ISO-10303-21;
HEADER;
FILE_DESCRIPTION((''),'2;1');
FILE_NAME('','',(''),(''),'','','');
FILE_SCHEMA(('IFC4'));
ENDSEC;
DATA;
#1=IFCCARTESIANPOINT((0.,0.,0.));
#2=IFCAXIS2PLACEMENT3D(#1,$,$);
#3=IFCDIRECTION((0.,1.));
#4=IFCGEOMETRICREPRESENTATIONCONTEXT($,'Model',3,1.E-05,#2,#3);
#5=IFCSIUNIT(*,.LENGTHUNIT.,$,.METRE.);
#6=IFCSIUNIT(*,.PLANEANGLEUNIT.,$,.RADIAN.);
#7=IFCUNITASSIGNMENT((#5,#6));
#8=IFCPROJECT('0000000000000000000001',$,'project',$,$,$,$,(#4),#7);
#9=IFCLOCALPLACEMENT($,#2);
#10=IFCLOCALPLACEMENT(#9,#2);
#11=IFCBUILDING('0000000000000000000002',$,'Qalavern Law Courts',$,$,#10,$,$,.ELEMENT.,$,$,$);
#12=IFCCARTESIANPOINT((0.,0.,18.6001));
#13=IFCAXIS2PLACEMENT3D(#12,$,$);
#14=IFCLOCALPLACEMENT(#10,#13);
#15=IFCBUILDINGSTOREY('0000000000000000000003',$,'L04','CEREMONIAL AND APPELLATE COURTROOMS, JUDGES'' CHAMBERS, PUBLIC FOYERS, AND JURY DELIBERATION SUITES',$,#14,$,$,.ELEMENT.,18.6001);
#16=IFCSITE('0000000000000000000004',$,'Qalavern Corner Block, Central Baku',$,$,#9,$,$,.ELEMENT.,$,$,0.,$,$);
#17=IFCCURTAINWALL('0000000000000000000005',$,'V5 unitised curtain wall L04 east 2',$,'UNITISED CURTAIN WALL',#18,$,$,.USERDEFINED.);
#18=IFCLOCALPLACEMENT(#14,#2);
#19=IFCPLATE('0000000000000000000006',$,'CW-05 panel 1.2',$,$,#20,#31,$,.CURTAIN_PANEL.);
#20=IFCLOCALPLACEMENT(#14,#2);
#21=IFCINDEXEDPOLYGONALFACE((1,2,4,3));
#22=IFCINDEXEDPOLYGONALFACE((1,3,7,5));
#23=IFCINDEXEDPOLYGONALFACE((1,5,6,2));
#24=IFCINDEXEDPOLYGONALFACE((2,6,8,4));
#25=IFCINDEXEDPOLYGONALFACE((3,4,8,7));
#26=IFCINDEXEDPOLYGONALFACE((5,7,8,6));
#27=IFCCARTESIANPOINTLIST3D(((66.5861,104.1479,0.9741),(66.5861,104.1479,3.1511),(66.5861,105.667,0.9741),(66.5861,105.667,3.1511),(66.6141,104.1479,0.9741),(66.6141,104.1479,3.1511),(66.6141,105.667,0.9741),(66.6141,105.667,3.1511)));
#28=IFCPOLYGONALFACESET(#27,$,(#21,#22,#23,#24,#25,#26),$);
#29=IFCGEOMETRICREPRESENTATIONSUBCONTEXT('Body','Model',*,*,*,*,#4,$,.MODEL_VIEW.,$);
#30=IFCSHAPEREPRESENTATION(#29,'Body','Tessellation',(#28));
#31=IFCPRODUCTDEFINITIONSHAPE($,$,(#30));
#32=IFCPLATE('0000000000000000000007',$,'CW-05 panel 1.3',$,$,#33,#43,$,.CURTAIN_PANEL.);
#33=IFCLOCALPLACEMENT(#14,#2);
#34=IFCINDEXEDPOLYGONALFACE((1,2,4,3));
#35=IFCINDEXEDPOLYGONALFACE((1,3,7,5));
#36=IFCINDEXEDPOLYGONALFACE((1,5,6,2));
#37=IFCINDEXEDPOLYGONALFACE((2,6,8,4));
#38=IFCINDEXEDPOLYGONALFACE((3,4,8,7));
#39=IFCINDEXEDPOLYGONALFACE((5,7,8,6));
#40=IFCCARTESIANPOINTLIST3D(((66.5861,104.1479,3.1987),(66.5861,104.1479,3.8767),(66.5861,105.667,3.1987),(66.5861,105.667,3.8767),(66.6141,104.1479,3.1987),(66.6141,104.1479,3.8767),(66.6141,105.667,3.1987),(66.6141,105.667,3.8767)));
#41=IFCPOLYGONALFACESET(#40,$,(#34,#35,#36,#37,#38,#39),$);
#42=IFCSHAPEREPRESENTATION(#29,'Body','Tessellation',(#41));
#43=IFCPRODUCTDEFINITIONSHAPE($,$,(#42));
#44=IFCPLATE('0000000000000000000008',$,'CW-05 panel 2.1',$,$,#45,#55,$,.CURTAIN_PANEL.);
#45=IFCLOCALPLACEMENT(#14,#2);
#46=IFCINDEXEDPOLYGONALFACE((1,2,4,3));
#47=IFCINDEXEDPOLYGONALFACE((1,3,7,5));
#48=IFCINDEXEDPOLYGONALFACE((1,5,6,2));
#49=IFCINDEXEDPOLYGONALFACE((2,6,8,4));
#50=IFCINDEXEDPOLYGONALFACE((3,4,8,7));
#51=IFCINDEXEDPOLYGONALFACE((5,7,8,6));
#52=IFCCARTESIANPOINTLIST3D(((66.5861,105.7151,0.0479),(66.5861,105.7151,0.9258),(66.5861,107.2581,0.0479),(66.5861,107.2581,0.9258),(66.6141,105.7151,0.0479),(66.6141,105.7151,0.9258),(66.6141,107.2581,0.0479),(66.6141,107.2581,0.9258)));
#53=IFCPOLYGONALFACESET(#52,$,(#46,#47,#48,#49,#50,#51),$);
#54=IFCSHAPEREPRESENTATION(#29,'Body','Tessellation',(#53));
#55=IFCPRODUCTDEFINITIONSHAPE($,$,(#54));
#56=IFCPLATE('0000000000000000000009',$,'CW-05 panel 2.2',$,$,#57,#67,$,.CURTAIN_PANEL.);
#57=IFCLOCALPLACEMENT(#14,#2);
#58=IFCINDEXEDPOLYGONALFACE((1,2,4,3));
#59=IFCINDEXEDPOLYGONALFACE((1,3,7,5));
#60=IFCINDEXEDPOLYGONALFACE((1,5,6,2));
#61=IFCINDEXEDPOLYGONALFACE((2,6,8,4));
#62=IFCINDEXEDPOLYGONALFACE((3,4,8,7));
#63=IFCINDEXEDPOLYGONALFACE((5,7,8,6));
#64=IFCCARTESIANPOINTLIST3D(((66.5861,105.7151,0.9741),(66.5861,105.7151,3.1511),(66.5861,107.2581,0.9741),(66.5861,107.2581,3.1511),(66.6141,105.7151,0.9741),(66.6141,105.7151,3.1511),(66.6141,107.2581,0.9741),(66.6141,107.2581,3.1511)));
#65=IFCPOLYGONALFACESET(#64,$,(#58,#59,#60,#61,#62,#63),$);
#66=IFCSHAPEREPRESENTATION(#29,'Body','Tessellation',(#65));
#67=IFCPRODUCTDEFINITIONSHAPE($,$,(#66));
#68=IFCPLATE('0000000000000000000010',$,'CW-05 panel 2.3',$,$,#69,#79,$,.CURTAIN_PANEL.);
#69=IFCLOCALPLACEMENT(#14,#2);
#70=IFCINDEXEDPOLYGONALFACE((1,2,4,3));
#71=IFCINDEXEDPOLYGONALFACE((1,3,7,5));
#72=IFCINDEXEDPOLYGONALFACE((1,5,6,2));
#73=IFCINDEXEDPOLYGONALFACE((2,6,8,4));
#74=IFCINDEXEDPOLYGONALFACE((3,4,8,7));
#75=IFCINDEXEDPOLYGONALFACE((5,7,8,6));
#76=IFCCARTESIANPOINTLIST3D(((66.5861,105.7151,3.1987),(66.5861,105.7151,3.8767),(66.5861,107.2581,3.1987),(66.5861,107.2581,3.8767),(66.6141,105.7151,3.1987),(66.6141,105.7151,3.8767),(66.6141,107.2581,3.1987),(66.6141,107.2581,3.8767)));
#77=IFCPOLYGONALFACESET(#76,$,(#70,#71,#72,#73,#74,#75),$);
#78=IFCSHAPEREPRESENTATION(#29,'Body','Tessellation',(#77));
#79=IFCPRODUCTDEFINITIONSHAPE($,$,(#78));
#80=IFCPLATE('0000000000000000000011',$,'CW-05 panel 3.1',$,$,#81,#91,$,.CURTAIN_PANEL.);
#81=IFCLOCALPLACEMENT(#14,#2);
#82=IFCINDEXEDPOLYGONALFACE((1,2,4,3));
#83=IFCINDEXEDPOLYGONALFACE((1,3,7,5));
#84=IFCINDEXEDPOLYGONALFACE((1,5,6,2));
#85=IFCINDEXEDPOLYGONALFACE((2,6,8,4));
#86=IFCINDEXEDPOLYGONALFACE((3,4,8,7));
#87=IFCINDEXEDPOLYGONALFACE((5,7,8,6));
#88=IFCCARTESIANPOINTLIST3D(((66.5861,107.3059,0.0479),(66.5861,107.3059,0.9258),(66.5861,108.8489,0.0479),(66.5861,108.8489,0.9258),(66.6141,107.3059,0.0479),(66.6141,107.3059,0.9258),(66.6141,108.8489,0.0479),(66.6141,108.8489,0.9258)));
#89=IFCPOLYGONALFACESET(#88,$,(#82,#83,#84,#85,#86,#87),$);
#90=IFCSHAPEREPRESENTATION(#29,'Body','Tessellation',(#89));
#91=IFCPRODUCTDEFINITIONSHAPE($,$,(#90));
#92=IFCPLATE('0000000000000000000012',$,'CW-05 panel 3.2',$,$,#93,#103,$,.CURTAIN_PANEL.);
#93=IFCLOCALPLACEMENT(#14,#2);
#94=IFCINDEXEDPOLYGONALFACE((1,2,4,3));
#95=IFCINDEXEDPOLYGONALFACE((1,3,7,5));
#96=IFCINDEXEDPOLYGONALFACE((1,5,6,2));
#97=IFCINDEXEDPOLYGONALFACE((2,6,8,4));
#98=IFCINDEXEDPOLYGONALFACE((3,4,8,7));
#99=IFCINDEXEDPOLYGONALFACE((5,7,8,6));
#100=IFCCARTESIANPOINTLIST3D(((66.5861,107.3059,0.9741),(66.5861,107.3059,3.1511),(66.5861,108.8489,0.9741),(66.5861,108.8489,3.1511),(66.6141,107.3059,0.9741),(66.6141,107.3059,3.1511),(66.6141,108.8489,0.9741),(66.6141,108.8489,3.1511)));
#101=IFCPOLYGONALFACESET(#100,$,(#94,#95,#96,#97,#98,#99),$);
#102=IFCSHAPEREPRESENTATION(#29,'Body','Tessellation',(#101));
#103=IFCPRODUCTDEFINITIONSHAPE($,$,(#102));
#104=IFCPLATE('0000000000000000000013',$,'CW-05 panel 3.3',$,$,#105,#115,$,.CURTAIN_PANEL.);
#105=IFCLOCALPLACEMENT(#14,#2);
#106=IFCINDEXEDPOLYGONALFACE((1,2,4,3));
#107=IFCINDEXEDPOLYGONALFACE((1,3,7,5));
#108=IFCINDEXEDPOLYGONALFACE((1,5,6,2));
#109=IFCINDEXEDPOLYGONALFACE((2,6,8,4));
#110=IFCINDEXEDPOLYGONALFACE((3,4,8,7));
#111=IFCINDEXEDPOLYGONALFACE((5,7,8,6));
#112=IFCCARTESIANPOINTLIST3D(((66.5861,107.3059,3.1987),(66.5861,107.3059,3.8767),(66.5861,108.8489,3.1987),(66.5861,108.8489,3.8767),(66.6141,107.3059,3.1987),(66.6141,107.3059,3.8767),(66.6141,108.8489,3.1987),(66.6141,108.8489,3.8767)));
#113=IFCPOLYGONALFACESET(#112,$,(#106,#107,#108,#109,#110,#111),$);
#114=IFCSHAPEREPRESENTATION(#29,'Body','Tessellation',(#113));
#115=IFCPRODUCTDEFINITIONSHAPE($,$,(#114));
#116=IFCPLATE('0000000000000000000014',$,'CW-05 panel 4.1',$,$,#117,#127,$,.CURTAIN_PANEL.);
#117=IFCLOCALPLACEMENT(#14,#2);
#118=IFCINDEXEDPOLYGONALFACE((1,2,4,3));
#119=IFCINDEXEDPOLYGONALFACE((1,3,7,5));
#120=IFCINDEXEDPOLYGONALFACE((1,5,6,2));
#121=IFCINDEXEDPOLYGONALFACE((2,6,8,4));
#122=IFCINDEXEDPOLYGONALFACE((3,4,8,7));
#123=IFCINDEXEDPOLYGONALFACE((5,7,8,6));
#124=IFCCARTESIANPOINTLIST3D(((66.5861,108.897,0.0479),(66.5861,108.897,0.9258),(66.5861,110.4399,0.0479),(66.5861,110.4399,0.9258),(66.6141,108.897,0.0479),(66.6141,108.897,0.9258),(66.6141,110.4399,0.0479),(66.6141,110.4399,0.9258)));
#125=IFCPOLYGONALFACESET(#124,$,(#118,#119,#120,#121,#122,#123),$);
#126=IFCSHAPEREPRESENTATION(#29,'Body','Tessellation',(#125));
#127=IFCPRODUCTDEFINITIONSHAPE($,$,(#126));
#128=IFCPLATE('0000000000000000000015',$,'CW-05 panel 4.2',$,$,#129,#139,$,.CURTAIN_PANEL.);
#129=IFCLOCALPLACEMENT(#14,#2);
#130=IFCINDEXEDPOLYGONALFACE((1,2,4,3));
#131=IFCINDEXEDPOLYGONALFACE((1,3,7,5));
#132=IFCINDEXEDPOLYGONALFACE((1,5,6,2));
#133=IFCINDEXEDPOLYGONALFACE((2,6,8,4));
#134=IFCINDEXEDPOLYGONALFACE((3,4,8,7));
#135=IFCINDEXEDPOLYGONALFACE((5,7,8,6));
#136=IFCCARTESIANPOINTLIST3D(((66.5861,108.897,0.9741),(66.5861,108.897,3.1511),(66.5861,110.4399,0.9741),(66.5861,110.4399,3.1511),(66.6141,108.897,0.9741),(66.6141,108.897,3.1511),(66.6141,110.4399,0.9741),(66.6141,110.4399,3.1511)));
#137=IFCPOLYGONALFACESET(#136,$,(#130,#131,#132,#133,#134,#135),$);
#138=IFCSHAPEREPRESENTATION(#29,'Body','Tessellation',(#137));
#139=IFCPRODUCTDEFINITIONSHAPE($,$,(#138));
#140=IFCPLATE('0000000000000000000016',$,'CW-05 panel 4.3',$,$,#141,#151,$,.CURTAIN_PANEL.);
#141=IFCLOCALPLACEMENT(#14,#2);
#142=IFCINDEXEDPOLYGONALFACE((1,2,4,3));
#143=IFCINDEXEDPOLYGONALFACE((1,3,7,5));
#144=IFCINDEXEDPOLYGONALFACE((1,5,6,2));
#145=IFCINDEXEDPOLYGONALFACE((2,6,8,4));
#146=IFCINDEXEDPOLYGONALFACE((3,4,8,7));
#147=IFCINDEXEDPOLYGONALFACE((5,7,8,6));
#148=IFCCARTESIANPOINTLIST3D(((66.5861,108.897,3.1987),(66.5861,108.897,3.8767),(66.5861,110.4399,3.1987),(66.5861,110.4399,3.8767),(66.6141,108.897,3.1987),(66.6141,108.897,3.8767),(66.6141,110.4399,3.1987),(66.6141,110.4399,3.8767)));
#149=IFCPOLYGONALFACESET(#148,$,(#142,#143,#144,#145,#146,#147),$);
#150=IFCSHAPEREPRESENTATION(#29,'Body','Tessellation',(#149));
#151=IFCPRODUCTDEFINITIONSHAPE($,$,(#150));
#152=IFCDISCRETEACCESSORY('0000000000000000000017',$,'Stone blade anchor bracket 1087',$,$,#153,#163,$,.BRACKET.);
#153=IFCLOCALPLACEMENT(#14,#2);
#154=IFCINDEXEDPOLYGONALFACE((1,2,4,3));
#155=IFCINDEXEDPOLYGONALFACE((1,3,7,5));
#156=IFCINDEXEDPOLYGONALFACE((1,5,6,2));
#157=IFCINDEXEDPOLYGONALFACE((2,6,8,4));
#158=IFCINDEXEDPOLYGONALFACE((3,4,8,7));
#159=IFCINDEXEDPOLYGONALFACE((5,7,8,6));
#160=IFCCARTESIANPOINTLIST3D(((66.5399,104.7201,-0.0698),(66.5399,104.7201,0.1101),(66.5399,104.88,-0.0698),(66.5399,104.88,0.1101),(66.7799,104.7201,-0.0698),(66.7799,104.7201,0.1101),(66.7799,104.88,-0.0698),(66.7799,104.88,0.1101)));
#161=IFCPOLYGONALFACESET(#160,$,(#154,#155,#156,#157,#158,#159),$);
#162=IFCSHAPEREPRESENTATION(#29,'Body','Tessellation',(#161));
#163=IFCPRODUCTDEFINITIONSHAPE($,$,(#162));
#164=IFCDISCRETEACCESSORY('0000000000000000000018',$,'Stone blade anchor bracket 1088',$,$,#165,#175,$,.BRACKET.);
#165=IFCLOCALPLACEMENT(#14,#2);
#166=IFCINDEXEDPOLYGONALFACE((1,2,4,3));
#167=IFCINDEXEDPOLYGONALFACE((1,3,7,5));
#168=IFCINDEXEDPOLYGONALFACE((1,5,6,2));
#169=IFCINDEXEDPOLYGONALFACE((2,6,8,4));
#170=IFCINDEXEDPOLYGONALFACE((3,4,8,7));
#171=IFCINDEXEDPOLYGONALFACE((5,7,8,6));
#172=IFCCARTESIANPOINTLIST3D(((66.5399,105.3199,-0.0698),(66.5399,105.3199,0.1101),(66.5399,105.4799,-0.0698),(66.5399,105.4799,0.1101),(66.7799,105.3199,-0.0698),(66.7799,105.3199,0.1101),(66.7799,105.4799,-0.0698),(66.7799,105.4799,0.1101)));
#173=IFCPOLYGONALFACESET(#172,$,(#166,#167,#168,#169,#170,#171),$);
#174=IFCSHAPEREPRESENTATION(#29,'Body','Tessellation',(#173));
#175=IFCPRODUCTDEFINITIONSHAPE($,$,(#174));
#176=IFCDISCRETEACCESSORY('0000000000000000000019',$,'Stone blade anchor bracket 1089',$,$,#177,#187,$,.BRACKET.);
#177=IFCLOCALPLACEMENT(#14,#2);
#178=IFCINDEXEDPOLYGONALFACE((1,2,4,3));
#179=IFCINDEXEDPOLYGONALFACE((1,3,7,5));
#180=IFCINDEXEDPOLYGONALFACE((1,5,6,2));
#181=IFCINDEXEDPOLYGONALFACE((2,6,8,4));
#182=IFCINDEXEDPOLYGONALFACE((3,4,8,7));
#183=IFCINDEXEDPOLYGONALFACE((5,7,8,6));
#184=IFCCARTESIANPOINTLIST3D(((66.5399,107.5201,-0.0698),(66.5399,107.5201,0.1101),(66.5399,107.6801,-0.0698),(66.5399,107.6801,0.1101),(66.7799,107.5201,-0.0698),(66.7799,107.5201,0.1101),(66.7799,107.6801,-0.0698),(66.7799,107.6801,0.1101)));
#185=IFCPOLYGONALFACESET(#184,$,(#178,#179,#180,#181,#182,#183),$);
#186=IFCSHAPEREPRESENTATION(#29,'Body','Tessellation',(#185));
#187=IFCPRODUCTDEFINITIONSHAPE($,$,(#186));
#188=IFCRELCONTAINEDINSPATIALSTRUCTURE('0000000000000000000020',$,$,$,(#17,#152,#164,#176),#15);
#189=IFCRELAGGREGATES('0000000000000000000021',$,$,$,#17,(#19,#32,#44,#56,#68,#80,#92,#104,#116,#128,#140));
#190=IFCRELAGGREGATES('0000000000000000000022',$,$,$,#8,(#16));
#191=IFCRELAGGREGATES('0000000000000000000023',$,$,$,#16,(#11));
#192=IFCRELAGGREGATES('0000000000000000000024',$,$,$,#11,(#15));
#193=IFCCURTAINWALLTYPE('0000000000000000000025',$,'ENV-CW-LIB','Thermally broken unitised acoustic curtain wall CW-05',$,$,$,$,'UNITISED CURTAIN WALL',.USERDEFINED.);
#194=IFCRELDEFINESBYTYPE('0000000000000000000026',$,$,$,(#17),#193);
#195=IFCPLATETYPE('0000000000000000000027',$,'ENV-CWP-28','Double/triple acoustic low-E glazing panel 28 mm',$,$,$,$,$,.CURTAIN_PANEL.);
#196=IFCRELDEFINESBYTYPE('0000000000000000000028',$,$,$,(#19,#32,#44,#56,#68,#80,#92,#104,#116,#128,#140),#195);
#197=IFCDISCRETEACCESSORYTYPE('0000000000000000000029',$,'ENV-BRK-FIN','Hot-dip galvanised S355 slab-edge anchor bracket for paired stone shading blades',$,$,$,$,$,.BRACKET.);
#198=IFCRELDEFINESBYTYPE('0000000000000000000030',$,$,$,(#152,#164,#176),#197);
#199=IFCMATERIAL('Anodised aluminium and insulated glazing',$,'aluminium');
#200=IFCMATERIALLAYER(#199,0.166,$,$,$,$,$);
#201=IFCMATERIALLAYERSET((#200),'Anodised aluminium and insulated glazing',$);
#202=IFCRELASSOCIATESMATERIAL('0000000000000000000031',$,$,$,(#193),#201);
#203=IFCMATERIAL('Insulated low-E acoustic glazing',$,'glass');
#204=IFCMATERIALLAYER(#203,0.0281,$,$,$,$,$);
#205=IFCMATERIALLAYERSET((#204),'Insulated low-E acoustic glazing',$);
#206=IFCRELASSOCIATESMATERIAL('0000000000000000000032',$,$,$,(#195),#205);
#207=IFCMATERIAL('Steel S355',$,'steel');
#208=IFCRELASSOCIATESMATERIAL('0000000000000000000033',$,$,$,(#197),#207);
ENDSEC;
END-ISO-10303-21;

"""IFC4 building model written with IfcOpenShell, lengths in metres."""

from ifc_helpers import new_model, si_unit, direction, frame, origin, origin_2d, place, context, subcontext, project, spatial, rectangle, extrude, material, layer, layer_set, type_object, element, aggregate, save


model = new_model("IFC4")

# Units and contexts
model_context = context("Model", 3, precision=1e-05, world=origin(), true_north=direction((0.0, 1.0)))
body_context = subcontext(model_context, "Body", "Model", "MODEL_VIEW")
ifc_project = project(units=[si_unit("LENGTHUNIT", "METRE"), si_unit("PLANEANGLEUNIT", "RADIAN")], contexts=[model_context])

# Site, building, storey
site_placement = place(None, origin())
site = spatial("IfcSite", under=ifc_project, at=site_placement, Name="Qalavern Corner Block, Central Baku", CompositionType="ELEMENT", RefElevation=0.0)
building_placement = place(site_placement, origin())
building = spatial("IfcBuilding", under=site, at=building_placement, Name="Qalavern Law Courts", CompositionType="ELEMENT")
storey_placement = place(building_placement, frame((0.0, 0.0, 18.6001)))
storey = spatial("IfcBuildingStorey", under=building, at=storey_placement, Name="L04", Description="CEREMONIAL AND APPELLATE COURTROOMS, JUDGES' CHAMBERS, PUBLIC FOYERS, AND JURY DELIBERATION SUITES", CompositionType="ELEMENT", Elevation=18.6001)

# Curtain wall, plates
ifc_material_1 = material(Name="Anodised aluminium and insulated glazing", Category="aluminium")
ifc_layer_1 = layer(ifc_material_1, 0.166)
ifc_layer_set_1 = layer_set([ifc_layer_1], Name="Anodised aluminium and insulated glazing")
curtain_wall_type = type_object("IfcCurtainWallType", Name="ENV-CW-LIB", Description="Thermally broken unitised acoustic curtain wall CW-05", ElementType="UNITISED CURTAIN WALL", PredefinedType="USERDEFINED", material=ifc_layer_set_1)
curtain_wall_placement = place(storey_placement, origin())
curtain_wall = element("IfcCurtainWall", 1, at=curtain_wall_placement, inside=storey, type_object=curtain_wall_type, Name="V5 unitised curtain wall L04 east 2", ObjectType="UNITISED CURTAIN WALL", PredefinedType="USERDEFINED")
ifc_material_2 = material(Name="Insulated low-E acoustic glazing", Category="glass")
ifc_layer_2 = layer(ifc_material_2, 0.0281)
ifc_layer_set_2 = layer_set([ifc_layer_2], Name="Insulated low-E acoustic glazing")
plate_type = type_object("IfcPlateType", Name="ENV-CWP-28", Description="Double/triple acoustic low-E glazing panel 28 mm", PredefinedType="CURTAIN_PANEL", material=ifc_layer_set_2)
plate_1_placement = place(storey_placement, frame((66.6001, 104.9075, 0.9741), z_axis=(0.0, 0.0, 1.0), x_axis=(0.0, 1.0, 0.0)))
plate_1 = element("IfcPlate", 2, at=plate_1_placement, type_object=plate_type, Name="CW-05 panel 1.2", PredefinedType="CURTAIN_PANEL", context=body_context, shape_type="SweptSolid", body=[
    extrude(rectangle(XDim=1.519, YDim=0.0281, at=origin_2d()), origin(), (0.0, 0.0, 1.0), 2.177),
])
plate_2_placement = place(storey_placement, frame((66.6001, 104.9075, 3.1987), z_axis=(0.0, 0.0, 1.0), x_axis=(0.0, 1.0, 0.0)))
plate_2 = element("IfcPlate", 3, at=plate_2_placement, type_object=plate_type, Name="CW-05 panel 1.3", PredefinedType="CURTAIN_PANEL", context=body_context, shape_type="SweptSolid", body=[
    extrude(rectangle(XDim=1.519, YDim=0.0281, at=origin_2d()), origin(), (0.0, 0.0, 1.0), 0.678),
])
plate_3_placement = place(storey_placement, frame((66.6001, 106.4866, 0.0479), z_axis=(0.0, 0.0, 1.0), x_axis=(0.0, 1.0, 0.0)))
plate_3 = element("IfcPlate", 4, at=plate_3_placement, type_object=plate_type, Name="CW-05 panel 2.1", PredefinedType="CURTAIN_PANEL", context=body_context, shape_type="SweptSolid", body=[
    extrude(rectangle(XDim=1.543, YDim=0.0281, at=origin_2d()), origin(), (0.0, 0.0, 1.0), 0.8779),
])
plate_4_placement = place(storey_placement, frame((66.6001, 106.4866, 0.9741), z_axis=(0.0, 0.0, 1.0), x_axis=(0.0, 1.0, 0.0)))
plate_4 = element("IfcPlate", 5, at=plate_4_placement, type_object=plate_type, Name="CW-05 panel 2.2", PredefinedType="CURTAIN_PANEL", context=body_context, shape_type="SweptSolid", body=[
    extrude(rectangle(XDim=1.543, YDim=0.0281, at=origin_2d()), origin(), (0.0, 0.0, 1.0), 2.177),
])
plate_5_placement = place(storey_placement, frame((66.6001, 106.4866, 3.1987), z_axis=(0.0, 0.0, 1.0), x_axis=(0.0, 1.0, 0.0)))
plate_5 = element("IfcPlate", 6, at=plate_5_placement, type_object=plate_type, Name="CW-05 panel 2.3", PredefinedType="CURTAIN_PANEL", context=body_context, shape_type="SweptSolid", body=[
    extrude(rectangle(XDim=1.543, YDim=0.0281, at=origin_2d()), origin(), (0.0, 0.0, 1.0), 0.678),
])
plate_6_placement = place(storey_placement, frame((66.6001, 108.0774, 0.0479), z_axis=(0.0, 0.0, 1.0), x_axis=(0.0, 1.0, 0.0)))
plate_6 = element("IfcPlate", 7, at=plate_6_placement, type_object=plate_type, Name="CW-05 panel 3.1", PredefinedType="CURTAIN_PANEL", context=body_context, shape_type="SweptSolid", body=[
    extrude(rectangle(XDim=1.543, YDim=0.0281, at=origin_2d()), origin(), (0.0, 0.0, 1.0), 0.8779),
])
plate_7_placement = place(storey_placement, frame((66.6001, 108.0774, 0.9741), z_axis=(0.0, 0.0, 1.0), x_axis=(0.0, 1.0, 0.0)))
plate_7 = element("IfcPlate", 8, at=plate_7_placement, type_object=plate_type, Name="CW-05 panel 3.2", PredefinedType="CURTAIN_PANEL", context=body_context, shape_type="SweptSolid", body=[
    extrude(rectangle(XDim=1.543, YDim=0.0281, at=origin_2d()), origin(), (0.0, 0.0, 1.0), 2.177),
])
plate_8_placement = place(storey_placement, frame((66.6001, 108.0774, 3.1987), z_axis=(0.0, 0.0, 1.0), x_axis=(0.0, 1.0, 0.0)))
plate_8 = element("IfcPlate", 9, at=plate_8_placement, type_object=plate_type, Name="CW-05 panel 3.3", PredefinedType="CURTAIN_PANEL", context=body_context, shape_type="SweptSolid", body=[
    extrude(rectangle(XDim=1.543, YDim=0.0281, at=origin_2d()), origin(), (0.0, 0.0, 1.0), 0.678),
])
plate_9_placement = place(storey_placement, frame((66.6001, 109.6685, 0.0479), z_axis=(0.0, 0.0, 1.0), x_axis=(0.0, 1.0, 0.0)))
plate_9 = element("IfcPlate", 10, at=plate_9_placement, type_object=plate_type, Name="CW-05 panel 4.1", PredefinedType="CURTAIN_PANEL", context=body_context, shape_type="SweptSolid", body=[
    extrude(rectangle(XDim=1.543, YDim=0.0281, at=origin_2d()), origin(), (0.0, 0.0, 1.0), 0.8779),
])
plate_10_placement = place(storey_placement, frame((66.6001, 109.6685, 0.9741), z_axis=(0.0, 0.0, 1.0), x_axis=(0.0, 1.0, 0.0)))
plate_10 = element("IfcPlate", 11, at=plate_10_placement, type_object=plate_type, Name="CW-05 panel 4.2", PredefinedType="CURTAIN_PANEL", context=body_context, shape_type="SweptSolid", body=[
    extrude(rectangle(XDim=1.543, YDim=0.0281, at=origin_2d()), origin(), (0.0, 0.0, 1.0), 2.177),
])
plate_11_placement = place(storey_placement, frame((66.6001, 109.6685, 3.1987), z_axis=(0.0, 0.0, 1.0), x_axis=(0.0, 1.0, 0.0)))
plate_11 = element("IfcPlate", 12, at=plate_11_placement, type_object=plate_type, Name="CW-05 panel 4.3", PredefinedType="CURTAIN_PANEL", context=body_context, shape_type="SweptSolid", body=[
    extrude(rectangle(XDim=1.543, YDim=0.0281, at=origin_2d()), origin(), (0.0, 0.0, 1.0), 0.678),
])
aggregate(curtain_wall, [plate_1, plate_2, plate_3, plate_4, plate_5, plate_6, plate_7, plate_8, plate_9, plate_10, plate_11])

# Discrete accessories
ifc_material_3 = material(Name="Steel S355", Category="steel")
discrete_accessory_type = type_object("IfcDiscreteAccessoryType", Name="ENV-BRK-FIN", Description="Hot-dip galvanised S355 slab-edge anchor bracket for paired stone shading blades", PredefinedType="BRACKET", material=ifc_material_3)
for number, where, z_axis, x_axis, name in (
    (13, (66.6599, 104.8, -0.0698), (0.0, 0.0, 1.0), (1.0, 0.0, 0.0), "Stone blade anchor bracket 1087"),
    (14, (66.6599, 105.3999, -0.0698), (0.0, 0.0, 1.0), (1.0, 0.0, 0.0), "Stone blade anchor bracket 1088"),
    (15, (66.6599, 107.6001, -0.0698), (0.0, 0.0, 1.0), (1.0, 0.0, 0.0), "Stone blade anchor bracket 1089"),
):
    element("IfcDiscreteAccessory", number, at=place(storey_placement, frame(where, z_axis=z_axis, x_axis=x_axis)), inside=storey, type_object=discrete_accessory_type, Name=name, PredefinedType="BRACKET", context=body_context, shape_type="SweptSolid", body=[
        extrude(rectangle(XDim=0.24, YDim=0.1599, at=origin_2d()), origin(), (0.0, 0.0, 1.0), 0.1799),
    ])

save(model, "model.ifc")
